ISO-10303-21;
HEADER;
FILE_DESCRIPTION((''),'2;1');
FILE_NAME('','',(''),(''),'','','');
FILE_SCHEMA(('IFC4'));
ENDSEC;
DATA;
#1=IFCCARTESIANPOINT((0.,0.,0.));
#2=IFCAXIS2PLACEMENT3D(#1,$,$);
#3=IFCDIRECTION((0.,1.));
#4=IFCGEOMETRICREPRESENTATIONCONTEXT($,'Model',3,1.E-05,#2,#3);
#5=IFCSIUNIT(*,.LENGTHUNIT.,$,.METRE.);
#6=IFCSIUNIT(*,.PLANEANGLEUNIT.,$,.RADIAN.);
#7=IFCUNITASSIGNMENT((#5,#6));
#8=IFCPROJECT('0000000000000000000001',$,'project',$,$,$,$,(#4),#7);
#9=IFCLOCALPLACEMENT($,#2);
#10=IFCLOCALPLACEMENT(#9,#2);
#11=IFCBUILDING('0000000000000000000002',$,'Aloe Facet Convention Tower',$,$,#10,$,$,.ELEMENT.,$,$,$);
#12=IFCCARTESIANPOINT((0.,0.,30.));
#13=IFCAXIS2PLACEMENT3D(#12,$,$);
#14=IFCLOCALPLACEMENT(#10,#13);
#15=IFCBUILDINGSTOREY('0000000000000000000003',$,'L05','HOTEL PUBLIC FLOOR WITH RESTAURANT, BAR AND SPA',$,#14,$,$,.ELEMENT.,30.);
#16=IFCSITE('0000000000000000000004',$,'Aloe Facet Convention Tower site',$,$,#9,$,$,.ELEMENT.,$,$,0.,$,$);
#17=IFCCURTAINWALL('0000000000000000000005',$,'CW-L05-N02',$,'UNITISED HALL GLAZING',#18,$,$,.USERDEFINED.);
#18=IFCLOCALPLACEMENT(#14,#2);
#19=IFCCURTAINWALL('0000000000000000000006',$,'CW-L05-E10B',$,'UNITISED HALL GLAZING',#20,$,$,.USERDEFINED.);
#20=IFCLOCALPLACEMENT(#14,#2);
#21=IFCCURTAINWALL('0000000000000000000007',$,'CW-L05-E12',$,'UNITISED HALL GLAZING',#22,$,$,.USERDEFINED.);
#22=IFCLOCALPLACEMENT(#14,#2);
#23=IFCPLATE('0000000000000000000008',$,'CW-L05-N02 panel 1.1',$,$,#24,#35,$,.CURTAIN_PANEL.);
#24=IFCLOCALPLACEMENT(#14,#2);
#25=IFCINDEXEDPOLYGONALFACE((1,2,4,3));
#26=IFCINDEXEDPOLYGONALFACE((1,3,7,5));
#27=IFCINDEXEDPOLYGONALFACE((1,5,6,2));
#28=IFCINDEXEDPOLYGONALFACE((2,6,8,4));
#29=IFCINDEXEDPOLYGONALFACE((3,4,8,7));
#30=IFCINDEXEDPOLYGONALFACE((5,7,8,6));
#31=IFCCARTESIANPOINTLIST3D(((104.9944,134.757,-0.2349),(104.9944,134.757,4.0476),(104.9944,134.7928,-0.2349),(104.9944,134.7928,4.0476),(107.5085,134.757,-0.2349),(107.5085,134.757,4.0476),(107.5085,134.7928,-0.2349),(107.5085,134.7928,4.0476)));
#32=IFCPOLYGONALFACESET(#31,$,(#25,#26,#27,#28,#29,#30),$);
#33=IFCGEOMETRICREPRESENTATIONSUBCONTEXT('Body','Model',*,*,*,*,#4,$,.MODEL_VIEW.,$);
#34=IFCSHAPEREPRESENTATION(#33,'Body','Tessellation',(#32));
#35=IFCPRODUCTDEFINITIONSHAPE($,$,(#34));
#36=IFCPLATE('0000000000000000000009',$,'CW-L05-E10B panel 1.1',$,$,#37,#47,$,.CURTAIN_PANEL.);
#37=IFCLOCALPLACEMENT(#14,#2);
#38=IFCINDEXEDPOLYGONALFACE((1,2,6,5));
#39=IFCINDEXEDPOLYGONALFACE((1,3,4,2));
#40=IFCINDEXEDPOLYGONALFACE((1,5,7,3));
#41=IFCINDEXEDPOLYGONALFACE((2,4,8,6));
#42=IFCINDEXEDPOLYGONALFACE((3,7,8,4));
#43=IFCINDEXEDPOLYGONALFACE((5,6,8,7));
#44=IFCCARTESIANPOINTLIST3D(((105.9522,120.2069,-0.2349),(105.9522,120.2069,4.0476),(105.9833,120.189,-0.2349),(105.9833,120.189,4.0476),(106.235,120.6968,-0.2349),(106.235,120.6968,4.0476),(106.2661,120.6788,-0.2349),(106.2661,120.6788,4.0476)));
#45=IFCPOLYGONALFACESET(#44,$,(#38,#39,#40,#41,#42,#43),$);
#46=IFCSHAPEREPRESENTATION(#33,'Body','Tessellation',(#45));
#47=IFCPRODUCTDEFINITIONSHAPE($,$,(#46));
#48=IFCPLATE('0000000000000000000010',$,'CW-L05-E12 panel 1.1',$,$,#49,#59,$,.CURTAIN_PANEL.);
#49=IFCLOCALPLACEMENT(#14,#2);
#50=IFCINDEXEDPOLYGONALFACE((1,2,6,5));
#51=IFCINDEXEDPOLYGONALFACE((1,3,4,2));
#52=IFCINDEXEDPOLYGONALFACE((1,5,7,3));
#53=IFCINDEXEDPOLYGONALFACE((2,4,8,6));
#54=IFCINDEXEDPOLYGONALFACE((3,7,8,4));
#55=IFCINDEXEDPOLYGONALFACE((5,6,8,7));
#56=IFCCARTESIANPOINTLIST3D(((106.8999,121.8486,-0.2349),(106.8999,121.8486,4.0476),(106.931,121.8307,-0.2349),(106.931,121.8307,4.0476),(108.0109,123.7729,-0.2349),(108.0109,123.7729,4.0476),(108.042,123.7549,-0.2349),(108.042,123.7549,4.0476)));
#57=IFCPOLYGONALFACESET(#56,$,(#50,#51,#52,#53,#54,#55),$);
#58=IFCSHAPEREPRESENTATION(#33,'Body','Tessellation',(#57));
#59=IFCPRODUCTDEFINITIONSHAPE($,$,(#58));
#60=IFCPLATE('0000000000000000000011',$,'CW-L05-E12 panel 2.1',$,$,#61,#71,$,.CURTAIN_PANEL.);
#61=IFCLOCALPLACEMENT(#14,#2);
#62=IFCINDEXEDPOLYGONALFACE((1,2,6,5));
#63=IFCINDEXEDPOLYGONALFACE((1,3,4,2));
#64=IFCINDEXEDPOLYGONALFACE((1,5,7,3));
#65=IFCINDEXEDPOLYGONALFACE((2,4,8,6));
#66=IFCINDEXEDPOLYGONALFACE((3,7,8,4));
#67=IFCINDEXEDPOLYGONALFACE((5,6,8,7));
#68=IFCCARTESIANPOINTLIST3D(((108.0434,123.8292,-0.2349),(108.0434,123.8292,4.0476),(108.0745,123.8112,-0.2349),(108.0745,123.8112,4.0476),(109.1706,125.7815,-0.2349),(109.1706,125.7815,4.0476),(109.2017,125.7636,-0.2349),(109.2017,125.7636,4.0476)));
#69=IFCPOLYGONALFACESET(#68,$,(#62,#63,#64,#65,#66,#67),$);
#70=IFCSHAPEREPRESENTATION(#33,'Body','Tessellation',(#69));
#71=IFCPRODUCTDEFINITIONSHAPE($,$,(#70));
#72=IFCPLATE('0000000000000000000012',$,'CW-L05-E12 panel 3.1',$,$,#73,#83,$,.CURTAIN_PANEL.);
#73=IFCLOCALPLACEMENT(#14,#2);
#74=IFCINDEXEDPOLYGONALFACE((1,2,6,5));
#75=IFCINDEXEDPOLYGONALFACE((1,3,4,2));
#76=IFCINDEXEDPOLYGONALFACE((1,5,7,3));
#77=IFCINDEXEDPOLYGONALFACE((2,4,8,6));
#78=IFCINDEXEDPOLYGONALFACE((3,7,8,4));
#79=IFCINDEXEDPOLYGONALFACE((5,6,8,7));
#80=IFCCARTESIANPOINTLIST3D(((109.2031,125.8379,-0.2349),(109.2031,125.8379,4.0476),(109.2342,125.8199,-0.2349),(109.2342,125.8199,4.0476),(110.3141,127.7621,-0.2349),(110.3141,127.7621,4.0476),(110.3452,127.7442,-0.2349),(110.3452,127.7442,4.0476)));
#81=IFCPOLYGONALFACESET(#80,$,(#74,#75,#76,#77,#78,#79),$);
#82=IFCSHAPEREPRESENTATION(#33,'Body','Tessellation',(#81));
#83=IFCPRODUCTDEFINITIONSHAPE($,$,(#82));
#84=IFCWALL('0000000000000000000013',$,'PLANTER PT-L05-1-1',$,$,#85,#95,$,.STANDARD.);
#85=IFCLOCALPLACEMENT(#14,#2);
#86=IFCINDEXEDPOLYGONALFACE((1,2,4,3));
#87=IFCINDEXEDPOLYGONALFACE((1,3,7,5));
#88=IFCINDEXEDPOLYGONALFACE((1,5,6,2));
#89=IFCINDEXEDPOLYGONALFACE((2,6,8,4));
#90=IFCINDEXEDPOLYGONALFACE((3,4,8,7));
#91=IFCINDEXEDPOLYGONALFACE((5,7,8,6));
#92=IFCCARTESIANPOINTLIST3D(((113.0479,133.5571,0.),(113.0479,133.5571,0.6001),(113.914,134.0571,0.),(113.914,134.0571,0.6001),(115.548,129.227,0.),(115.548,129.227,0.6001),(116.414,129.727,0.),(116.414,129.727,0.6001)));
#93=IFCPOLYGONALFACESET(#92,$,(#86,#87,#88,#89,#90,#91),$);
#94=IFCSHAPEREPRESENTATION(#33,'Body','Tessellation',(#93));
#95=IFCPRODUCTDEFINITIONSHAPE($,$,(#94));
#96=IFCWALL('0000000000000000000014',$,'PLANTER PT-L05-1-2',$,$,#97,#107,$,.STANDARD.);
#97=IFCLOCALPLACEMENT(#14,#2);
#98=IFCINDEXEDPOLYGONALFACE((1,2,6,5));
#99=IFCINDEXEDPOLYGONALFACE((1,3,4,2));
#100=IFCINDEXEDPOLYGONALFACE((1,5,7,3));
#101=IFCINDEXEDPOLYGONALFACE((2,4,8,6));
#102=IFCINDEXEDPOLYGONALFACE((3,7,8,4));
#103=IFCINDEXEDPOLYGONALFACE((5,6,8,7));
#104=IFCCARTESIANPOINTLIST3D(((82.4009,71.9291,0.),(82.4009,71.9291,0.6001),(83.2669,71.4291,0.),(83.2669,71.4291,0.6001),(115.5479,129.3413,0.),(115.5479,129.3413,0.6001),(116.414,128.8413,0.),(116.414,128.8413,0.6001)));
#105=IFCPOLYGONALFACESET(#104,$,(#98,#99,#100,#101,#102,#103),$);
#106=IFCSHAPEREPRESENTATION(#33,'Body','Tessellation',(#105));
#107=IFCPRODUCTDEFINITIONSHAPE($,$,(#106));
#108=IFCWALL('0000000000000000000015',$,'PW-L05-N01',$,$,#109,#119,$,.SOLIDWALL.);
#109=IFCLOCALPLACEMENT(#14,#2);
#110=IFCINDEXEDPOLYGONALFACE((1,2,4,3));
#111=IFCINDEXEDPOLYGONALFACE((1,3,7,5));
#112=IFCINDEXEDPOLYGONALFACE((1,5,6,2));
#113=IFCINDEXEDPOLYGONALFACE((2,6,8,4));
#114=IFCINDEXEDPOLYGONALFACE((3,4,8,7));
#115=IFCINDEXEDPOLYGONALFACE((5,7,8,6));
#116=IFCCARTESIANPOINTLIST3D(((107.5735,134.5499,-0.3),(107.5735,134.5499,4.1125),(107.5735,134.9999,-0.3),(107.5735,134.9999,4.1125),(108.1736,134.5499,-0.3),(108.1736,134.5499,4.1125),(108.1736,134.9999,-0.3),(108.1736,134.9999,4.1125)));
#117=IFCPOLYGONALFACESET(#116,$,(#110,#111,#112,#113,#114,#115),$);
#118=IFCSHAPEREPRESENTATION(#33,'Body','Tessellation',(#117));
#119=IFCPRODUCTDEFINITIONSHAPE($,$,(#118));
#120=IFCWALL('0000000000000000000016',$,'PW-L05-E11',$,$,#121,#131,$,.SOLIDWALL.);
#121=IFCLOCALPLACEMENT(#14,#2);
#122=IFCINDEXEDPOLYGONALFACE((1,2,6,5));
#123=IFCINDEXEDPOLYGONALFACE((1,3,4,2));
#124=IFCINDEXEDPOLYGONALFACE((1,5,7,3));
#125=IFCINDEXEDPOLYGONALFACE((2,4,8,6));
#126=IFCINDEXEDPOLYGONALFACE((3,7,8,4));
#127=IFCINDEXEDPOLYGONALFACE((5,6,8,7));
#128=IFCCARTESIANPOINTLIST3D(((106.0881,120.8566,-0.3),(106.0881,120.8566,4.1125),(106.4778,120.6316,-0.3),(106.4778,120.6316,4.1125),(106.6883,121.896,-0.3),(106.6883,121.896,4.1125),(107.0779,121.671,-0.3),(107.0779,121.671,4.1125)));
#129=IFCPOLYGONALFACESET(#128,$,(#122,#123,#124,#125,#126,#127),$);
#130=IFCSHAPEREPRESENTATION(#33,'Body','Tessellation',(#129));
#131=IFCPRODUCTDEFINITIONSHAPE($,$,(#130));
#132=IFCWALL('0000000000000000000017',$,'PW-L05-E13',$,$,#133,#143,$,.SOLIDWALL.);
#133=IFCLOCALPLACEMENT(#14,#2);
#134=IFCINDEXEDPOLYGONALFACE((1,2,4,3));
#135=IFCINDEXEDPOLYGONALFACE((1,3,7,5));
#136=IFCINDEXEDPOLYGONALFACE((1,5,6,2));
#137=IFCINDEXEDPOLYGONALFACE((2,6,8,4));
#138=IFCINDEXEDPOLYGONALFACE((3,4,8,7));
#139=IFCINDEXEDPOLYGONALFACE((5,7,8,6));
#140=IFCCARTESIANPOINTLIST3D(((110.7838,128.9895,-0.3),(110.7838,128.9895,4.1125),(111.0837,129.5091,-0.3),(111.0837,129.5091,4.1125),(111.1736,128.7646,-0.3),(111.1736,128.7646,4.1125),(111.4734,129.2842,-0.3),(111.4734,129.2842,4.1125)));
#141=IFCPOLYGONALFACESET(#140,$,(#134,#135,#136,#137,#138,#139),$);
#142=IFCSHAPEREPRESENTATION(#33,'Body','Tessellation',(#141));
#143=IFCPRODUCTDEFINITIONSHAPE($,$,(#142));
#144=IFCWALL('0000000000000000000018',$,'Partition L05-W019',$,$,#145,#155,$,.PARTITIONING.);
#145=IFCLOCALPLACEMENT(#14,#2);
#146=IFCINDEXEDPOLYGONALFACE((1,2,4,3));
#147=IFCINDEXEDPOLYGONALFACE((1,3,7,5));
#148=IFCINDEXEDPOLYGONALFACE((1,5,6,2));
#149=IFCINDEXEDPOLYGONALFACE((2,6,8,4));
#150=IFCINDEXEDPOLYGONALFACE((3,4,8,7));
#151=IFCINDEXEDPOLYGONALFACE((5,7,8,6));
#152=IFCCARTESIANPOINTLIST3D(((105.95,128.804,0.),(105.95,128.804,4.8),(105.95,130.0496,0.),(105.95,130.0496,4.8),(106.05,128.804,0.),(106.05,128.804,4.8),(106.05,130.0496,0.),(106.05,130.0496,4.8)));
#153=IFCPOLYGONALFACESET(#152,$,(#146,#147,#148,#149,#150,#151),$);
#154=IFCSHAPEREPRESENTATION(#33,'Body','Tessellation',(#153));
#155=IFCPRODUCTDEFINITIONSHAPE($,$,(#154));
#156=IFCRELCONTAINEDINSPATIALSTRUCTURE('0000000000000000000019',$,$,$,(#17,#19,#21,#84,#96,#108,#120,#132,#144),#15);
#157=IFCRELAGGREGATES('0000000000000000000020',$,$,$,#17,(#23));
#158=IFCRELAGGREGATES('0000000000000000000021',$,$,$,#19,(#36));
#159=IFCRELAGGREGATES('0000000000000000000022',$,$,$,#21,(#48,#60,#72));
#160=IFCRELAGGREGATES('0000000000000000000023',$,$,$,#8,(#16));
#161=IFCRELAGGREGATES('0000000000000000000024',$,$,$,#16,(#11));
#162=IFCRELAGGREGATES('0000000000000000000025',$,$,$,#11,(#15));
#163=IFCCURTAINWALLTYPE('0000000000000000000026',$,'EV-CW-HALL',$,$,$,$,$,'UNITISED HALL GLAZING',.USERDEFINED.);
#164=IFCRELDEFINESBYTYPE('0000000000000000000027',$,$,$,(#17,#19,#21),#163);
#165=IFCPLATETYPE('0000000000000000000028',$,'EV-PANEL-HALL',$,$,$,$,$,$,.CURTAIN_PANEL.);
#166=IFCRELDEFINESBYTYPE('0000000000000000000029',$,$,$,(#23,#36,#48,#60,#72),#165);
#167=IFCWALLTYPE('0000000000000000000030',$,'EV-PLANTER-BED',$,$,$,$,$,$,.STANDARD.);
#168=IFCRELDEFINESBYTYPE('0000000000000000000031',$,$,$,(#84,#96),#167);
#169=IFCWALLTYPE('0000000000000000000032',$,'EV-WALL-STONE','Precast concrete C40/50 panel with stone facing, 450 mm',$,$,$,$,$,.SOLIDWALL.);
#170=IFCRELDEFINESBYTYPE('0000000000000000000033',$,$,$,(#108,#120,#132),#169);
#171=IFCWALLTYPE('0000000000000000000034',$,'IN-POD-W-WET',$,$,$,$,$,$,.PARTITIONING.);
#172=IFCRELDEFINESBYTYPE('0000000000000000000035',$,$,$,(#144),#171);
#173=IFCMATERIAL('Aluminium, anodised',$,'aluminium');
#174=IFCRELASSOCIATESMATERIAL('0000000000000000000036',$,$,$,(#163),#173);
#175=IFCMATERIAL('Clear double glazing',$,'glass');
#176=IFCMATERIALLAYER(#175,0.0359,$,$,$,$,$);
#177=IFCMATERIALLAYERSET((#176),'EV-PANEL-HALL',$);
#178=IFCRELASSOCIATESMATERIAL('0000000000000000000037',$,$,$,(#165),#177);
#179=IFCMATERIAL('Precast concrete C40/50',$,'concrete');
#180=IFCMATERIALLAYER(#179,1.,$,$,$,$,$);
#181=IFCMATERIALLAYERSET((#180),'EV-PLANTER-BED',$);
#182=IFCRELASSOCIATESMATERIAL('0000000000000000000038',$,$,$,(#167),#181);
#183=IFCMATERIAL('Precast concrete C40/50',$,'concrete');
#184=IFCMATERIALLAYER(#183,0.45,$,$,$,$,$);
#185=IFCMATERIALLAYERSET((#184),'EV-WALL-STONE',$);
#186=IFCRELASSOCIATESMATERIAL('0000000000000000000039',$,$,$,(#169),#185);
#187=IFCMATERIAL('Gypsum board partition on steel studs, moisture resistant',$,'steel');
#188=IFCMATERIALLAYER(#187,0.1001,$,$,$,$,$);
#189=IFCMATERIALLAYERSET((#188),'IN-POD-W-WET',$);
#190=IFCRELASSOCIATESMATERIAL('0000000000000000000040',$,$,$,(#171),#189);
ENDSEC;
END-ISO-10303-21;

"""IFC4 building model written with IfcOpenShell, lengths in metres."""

from ifc_helpers import new_model, si_unit, direction, frame, frame_2d, origin, origin_2d, place, context, subcontext, project, spatial, rectangle, extrude, material, layer, layer_set, type_object, element, aggregate, save


model = new_model("IFC4")

# Units and contexts
model_context = context("Model", 3, precision=1e-05, world=origin(), true_north=direction((0.0, 1.0)))
body_context = subcontext(model_context, "Body", "Model", "MODEL_VIEW")
ifc_project = project(units=[si_unit("LENGTHUNIT", "METRE"), si_unit("PLANEANGLEUNIT", "RADIAN")], contexts=[model_context])

# Site, building, storey
site_placement = place(None, origin())
site = spatial("IfcSite", under=ifc_project, at=site_placement, Name="Aloe Facet Convention Tower site", CompositionType="ELEMENT", RefElevation=0.0)
building_placement = place(site_placement, origin())
building = spatial("IfcBuilding", under=site, at=building_placement, Name="Aloe Facet Convention Tower", CompositionType="ELEMENT")
storey_placement = place(building_placement, frame((0.0, 0.0, 30.0)))
storey = spatial("IfcBuildingStorey", under=building, at=storey_placement, Name="L05", Description="HOTEL PUBLIC FLOOR WITH RESTAURANT, BAR AND SPA", CompositionType="ELEMENT", Elevation=30.0)

# Curtain walls
ifc_material_1 = material(Name="Aluminium, anodised", Category="aluminium")
curtain_wall_type = type_object("IfcCurtainWallType", Name="EV-CW-HALL", ElementType="UNITISED HALL GLAZING", PredefinedType="USERDEFINED", material=ifc_material_1)
curtain_wall_1_placement = place(storey_placement, origin())
curtain_wall_1 = element("IfcCurtainWall", 1, at=curtain_wall_1_placement, inside=storey, type_object=curtain_wall_type, Name="CW-L05-N02", ObjectType="UNITISED HALL GLAZING", PredefinedType="USERDEFINED")
curtain_wall_2_placement = place(storey_placement, origin())
curtain_wall_2 = element("IfcCurtainWall", 2, at=curtain_wall_2_placement, inside=storey, type_object=curtain_wall_type, Name="CW-L05-E10B", ObjectType="UNITISED HALL GLAZING", PredefinedType="USERDEFINED")

# Curtain wall
curtain_wall_3_placement = place(storey_placement, origin())
curtain_wall_3 = element("IfcCurtainWall", 3, at=curtain_wall_3_placement, inside=storey, type_object=curtain_wall_type, Name="CW-L05-E12", ObjectType="UNITISED HALL GLAZING", PredefinedType="USERDEFINED")

# Plates
ifc_material_2 = material(Name="Clear double glazing", Category="glass")
ifc_layer_1 = layer(ifc_material_2, 0.0359)
ifc_layer_set_1 = layer_set([ifc_layer_1], Name="EV-PANEL-HALL")
plate_type = type_object("IfcPlateType", Name="EV-PANEL-HALL", PredefinedType="CURTAIN_PANEL", material=ifc_layer_set_1)
plate_1_placement = place(storey_placement, frame((106.2515, 134.7749, -0.2349), z_axis=(0.0, 0.0, 1.0), x_axis=(-1.0, 0.0, 0.0)))
plate_1 = element("IfcPlate", 4, at=plate_1_placement, type_object=plate_type, Name="CW-L05-N02 panel 1.1", PredefinedType="CURTAIN_PANEL", context=body_context, shape_type="SweptSolid", body=[
    extrude(rectangle(XDim=2.5142, YDim=0.0359, at=origin_2d()), origin(), (0.0, 0.0, 1.0), 4.2825),
])
aggregate(curtain_wall_1, [plate_1])
plate_2_placement = place(storey_placement, frame((106.1091, 120.4429, -0.2349), z_axis=(0.0, 0.0, 1.0), x_axis=(0.5, 0.866025, 0.0)))
plate_2 = element("IfcPlate", 5, at=plate_2_placement, type_object=plate_type, Name="CW-L05-E10B panel 1.1", PredefinedType="CURTAIN_PANEL", context=body_context, shape_type="SweptSolid", body=[
    extrude(rectangle(XDim=0.5657, YDim=0.0359, at=origin_2d()), origin(), (0.0, 0.0, 1.0), 4.2825),
])
aggregate(curtain_wall_2, [plate_2])
plate_3_placement = place(storey_placement, frame((107.4709, 122.8018, -0.2349), z_axis=(0.0, 0.0, 1.0), x_axis=(0.5, 0.866025, 0.0)))
plate_3 = element("IfcPlate", 6, at=plate_3_placement, type_object=plate_type, Name="CW-L05-E12 panel 1.1", PredefinedType="CURTAIN_PANEL", context=body_context, shape_type="SweptSolid", body=[
    extrude(rectangle(XDim=2.2219, YDim=0.0359, at=origin_2d()), origin(), (0.0, 0.0, 1.0), 4.2825),
])
plate_4_placement = place(storey_placement, frame((108.6226, 124.7964, -0.2349), z_axis=(0.0, 0.0, 1.0), x_axis=(0.5, 0.866025, 0.0)))
plate_4 = element("IfcPlate", 7, at=plate_4_placement, type_object=plate_type, Name="CW-L05-E12 panel 2.1", PredefinedType="CURTAIN_PANEL", context=body_context, shape_type="SweptSolid", body=[
    extrude(rectangle(XDim=2.2544, YDim=0.0359, at=origin_2d()), origin(), (0.0, 0.0, 1.0), 4.2825),
])
plate_5_placement = place(storey_placement, frame((109.7742, 126.791, -0.2349), z_axis=(0.0, 0.0, 1.0), x_axis=(0.5, 0.866025, 0.0)))
plate_5 = element("IfcPlate", 8, at=plate_5_placement, type_object=plate_type, Name="CW-L05-E12 panel 3.1", PredefinedType="CURTAIN_PANEL", context=body_context, shape_type="SweptSolid", body=[
    extrude(rectangle(XDim=2.2219, YDim=0.0359, at=origin_2d()), origin(), (0.0, 0.0, 1.0), 4.2825),
])
aggregate(curtain_wall_3, [plate_3, plate_4, plate_5])

# Walls
ifc_material_3 = material(Name="Precast concrete C40/50", Category="concrete")
ifc_layer_2 = layer(ifc_material_3, 1.0)
ifc_layer_set_2 = layer_set([ifc_layer_2], Name="EV-PLANTER-BED")
wall_type_1 = type_object("IfcWallType", Name="EV-PLANTER-BED", PredefinedType="STANDARD", material=ifc_layer_set_2)
wall_1_placement = place(storey_placement, frame((113.481, 133.8071, 0.0), z_axis=(0.0, 0.0, 1.0), x_axis=(0.500004, -0.866023, 0.0)))
element("IfcWall", 9, at=wall_1_placement, inside=storey, type_object=wall_type_1, Name="PLANTER PT-L05-1-1", PredefinedType="STANDARD", context=body_context, shape_type="SweptSolid", body=[
    extrude(rectangle(XDim=5.0, YDim=1.0, at=frame_2d((2.5, 0.0))), origin(), (0.0, 0.0, 1.0), 0.6001),
])
wall_2_placement = place(storey_placement, frame((115.981, 129.0913, 0.0), z_axis=(0.0, 0.0, 1.0), x_axis=(-0.500001, -0.866025, 0.0)))
element("IfcWall", 10, at=wall_2_placement, inside=storey, type_object=wall_type_1, Name="PLANTER PT-L05-1-2", PredefinedType="STANDARD", context=body_context, shape_type="SweptSolid", body=[
    extrude(rectangle(XDim=66.2939, YDim=1.0, at=frame_2d((33.147, 0.0))), origin(), (0.0, 0.0, 1.0), 0.6001),
])
ifc_material_4 = material(Name="Precast concrete C40/50", Category="concrete")
ifc_layer_3 = layer(ifc_material_4, 0.45)
ifc_layer_set_3 = layer_set([ifc_layer_3], Name="EV-WALL-STONE")
wall_type_2 = type_object("IfcWallType", Name="EV-WALL-STONE", Description="Precast concrete C40/50 panel with stone facing, 450 mm", PredefinedType="SOLIDWALL", material=ifc_layer_set_3)
wall_3_placement = place(storey_placement, frame((108.1736, 134.7749, -0.3), z_axis=(0.0, 0.0, 1.0), x_axis=(-1.0, 0.0, 0.0)))
element("IfcWall", 11, at=wall_3_placement, inside=storey, type_object=wall_type_2, Name="PW-L05-N01", PredefinedType="SOLIDWALL", context=body_context, shape_type="SweptSolid", body=[
    extrude(rectangle(XDim=0.6001, YDim=0.45, at=frame_2d((0.3, 0.0))), origin(), (0.0, 0.0, 1.0), 4.4126),
])
wall_4_placement = place(storey_placement, frame((106.283, 120.7441, -0.3), z_axis=(0.0, 0.0, 1.0), x_axis=(0.500034, 0.866006, 0.0)))
element("IfcWall", 12, at=wall_4_placement, inside=storey, type_object=wall_type_2, Name="PW-L05-E11", PredefinedType="SOLIDWALL", context=body_context, shape_type="SweptSolid", body=[
    extrude(rectangle(XDim=1.2002, YDim=0.45, at=frame_2d((0.6001, 0.0))), origin(), (0.0, 0.0, 1.0), 4.4126),
])
wall_5_placement = place(storey_placement, frame((110.9788, 128.8772, -0.3), z_axis=(0.0, 0.0, 1.0), x_axis=(0.499816, 0.866131, 0.0)))
element("IfcWall", 13, at=wall_5_placement, inside=storey, type_object=wall_type_2, Name="PW-L05-E13", PredefinedType="SOLIDWALL", context=body_context, shape_type="SweptSolid", body=[
    extrude(rectangle(XDim=0.5999, YDim=0.45, at=frame_2d((0.2998, 0.0))), origin(), (0.0, 0.0, 1.0), 4.4126),
])
ifc_material_5 = material(Name="Gypsum board partition on steel studs, moisture resistant", Category="steel")
ifc_layer_4 = layer(ifc_material_5, 0.1001)
ifc_layer_set_4 = layer_set([ifc_layer_4], Name="IN-POD-W-WET")
wall_type_3 = type_object("IfcWallType", Name="IN-POD-W-WET", PredefinedType="PARTITIONING", material=ifc_layer_set_4)
wall_6_placement = place(storey_placement, frame((106.0, 128.804, 0.0), z_axis=(0.0, 0.0, 1.0), x_axis=(0.0, 1.0, 0.0)))
element("IfcWall", 14, at=wall_6_placement, inside=storey, type_object=wall_type_3, Name="Partition L05-W019", PredefinedType="PARTITIONING", context=body_context, shape_type="SweptSolid", body=[
    extrude(rectangle(XDim=1.2456, YDim=0.1001, at=frame_2d((0.6228, 0.0))), origin(), (0.0, 0.0, 1.0), 4.8),
])

save(model, "model.ifc")
